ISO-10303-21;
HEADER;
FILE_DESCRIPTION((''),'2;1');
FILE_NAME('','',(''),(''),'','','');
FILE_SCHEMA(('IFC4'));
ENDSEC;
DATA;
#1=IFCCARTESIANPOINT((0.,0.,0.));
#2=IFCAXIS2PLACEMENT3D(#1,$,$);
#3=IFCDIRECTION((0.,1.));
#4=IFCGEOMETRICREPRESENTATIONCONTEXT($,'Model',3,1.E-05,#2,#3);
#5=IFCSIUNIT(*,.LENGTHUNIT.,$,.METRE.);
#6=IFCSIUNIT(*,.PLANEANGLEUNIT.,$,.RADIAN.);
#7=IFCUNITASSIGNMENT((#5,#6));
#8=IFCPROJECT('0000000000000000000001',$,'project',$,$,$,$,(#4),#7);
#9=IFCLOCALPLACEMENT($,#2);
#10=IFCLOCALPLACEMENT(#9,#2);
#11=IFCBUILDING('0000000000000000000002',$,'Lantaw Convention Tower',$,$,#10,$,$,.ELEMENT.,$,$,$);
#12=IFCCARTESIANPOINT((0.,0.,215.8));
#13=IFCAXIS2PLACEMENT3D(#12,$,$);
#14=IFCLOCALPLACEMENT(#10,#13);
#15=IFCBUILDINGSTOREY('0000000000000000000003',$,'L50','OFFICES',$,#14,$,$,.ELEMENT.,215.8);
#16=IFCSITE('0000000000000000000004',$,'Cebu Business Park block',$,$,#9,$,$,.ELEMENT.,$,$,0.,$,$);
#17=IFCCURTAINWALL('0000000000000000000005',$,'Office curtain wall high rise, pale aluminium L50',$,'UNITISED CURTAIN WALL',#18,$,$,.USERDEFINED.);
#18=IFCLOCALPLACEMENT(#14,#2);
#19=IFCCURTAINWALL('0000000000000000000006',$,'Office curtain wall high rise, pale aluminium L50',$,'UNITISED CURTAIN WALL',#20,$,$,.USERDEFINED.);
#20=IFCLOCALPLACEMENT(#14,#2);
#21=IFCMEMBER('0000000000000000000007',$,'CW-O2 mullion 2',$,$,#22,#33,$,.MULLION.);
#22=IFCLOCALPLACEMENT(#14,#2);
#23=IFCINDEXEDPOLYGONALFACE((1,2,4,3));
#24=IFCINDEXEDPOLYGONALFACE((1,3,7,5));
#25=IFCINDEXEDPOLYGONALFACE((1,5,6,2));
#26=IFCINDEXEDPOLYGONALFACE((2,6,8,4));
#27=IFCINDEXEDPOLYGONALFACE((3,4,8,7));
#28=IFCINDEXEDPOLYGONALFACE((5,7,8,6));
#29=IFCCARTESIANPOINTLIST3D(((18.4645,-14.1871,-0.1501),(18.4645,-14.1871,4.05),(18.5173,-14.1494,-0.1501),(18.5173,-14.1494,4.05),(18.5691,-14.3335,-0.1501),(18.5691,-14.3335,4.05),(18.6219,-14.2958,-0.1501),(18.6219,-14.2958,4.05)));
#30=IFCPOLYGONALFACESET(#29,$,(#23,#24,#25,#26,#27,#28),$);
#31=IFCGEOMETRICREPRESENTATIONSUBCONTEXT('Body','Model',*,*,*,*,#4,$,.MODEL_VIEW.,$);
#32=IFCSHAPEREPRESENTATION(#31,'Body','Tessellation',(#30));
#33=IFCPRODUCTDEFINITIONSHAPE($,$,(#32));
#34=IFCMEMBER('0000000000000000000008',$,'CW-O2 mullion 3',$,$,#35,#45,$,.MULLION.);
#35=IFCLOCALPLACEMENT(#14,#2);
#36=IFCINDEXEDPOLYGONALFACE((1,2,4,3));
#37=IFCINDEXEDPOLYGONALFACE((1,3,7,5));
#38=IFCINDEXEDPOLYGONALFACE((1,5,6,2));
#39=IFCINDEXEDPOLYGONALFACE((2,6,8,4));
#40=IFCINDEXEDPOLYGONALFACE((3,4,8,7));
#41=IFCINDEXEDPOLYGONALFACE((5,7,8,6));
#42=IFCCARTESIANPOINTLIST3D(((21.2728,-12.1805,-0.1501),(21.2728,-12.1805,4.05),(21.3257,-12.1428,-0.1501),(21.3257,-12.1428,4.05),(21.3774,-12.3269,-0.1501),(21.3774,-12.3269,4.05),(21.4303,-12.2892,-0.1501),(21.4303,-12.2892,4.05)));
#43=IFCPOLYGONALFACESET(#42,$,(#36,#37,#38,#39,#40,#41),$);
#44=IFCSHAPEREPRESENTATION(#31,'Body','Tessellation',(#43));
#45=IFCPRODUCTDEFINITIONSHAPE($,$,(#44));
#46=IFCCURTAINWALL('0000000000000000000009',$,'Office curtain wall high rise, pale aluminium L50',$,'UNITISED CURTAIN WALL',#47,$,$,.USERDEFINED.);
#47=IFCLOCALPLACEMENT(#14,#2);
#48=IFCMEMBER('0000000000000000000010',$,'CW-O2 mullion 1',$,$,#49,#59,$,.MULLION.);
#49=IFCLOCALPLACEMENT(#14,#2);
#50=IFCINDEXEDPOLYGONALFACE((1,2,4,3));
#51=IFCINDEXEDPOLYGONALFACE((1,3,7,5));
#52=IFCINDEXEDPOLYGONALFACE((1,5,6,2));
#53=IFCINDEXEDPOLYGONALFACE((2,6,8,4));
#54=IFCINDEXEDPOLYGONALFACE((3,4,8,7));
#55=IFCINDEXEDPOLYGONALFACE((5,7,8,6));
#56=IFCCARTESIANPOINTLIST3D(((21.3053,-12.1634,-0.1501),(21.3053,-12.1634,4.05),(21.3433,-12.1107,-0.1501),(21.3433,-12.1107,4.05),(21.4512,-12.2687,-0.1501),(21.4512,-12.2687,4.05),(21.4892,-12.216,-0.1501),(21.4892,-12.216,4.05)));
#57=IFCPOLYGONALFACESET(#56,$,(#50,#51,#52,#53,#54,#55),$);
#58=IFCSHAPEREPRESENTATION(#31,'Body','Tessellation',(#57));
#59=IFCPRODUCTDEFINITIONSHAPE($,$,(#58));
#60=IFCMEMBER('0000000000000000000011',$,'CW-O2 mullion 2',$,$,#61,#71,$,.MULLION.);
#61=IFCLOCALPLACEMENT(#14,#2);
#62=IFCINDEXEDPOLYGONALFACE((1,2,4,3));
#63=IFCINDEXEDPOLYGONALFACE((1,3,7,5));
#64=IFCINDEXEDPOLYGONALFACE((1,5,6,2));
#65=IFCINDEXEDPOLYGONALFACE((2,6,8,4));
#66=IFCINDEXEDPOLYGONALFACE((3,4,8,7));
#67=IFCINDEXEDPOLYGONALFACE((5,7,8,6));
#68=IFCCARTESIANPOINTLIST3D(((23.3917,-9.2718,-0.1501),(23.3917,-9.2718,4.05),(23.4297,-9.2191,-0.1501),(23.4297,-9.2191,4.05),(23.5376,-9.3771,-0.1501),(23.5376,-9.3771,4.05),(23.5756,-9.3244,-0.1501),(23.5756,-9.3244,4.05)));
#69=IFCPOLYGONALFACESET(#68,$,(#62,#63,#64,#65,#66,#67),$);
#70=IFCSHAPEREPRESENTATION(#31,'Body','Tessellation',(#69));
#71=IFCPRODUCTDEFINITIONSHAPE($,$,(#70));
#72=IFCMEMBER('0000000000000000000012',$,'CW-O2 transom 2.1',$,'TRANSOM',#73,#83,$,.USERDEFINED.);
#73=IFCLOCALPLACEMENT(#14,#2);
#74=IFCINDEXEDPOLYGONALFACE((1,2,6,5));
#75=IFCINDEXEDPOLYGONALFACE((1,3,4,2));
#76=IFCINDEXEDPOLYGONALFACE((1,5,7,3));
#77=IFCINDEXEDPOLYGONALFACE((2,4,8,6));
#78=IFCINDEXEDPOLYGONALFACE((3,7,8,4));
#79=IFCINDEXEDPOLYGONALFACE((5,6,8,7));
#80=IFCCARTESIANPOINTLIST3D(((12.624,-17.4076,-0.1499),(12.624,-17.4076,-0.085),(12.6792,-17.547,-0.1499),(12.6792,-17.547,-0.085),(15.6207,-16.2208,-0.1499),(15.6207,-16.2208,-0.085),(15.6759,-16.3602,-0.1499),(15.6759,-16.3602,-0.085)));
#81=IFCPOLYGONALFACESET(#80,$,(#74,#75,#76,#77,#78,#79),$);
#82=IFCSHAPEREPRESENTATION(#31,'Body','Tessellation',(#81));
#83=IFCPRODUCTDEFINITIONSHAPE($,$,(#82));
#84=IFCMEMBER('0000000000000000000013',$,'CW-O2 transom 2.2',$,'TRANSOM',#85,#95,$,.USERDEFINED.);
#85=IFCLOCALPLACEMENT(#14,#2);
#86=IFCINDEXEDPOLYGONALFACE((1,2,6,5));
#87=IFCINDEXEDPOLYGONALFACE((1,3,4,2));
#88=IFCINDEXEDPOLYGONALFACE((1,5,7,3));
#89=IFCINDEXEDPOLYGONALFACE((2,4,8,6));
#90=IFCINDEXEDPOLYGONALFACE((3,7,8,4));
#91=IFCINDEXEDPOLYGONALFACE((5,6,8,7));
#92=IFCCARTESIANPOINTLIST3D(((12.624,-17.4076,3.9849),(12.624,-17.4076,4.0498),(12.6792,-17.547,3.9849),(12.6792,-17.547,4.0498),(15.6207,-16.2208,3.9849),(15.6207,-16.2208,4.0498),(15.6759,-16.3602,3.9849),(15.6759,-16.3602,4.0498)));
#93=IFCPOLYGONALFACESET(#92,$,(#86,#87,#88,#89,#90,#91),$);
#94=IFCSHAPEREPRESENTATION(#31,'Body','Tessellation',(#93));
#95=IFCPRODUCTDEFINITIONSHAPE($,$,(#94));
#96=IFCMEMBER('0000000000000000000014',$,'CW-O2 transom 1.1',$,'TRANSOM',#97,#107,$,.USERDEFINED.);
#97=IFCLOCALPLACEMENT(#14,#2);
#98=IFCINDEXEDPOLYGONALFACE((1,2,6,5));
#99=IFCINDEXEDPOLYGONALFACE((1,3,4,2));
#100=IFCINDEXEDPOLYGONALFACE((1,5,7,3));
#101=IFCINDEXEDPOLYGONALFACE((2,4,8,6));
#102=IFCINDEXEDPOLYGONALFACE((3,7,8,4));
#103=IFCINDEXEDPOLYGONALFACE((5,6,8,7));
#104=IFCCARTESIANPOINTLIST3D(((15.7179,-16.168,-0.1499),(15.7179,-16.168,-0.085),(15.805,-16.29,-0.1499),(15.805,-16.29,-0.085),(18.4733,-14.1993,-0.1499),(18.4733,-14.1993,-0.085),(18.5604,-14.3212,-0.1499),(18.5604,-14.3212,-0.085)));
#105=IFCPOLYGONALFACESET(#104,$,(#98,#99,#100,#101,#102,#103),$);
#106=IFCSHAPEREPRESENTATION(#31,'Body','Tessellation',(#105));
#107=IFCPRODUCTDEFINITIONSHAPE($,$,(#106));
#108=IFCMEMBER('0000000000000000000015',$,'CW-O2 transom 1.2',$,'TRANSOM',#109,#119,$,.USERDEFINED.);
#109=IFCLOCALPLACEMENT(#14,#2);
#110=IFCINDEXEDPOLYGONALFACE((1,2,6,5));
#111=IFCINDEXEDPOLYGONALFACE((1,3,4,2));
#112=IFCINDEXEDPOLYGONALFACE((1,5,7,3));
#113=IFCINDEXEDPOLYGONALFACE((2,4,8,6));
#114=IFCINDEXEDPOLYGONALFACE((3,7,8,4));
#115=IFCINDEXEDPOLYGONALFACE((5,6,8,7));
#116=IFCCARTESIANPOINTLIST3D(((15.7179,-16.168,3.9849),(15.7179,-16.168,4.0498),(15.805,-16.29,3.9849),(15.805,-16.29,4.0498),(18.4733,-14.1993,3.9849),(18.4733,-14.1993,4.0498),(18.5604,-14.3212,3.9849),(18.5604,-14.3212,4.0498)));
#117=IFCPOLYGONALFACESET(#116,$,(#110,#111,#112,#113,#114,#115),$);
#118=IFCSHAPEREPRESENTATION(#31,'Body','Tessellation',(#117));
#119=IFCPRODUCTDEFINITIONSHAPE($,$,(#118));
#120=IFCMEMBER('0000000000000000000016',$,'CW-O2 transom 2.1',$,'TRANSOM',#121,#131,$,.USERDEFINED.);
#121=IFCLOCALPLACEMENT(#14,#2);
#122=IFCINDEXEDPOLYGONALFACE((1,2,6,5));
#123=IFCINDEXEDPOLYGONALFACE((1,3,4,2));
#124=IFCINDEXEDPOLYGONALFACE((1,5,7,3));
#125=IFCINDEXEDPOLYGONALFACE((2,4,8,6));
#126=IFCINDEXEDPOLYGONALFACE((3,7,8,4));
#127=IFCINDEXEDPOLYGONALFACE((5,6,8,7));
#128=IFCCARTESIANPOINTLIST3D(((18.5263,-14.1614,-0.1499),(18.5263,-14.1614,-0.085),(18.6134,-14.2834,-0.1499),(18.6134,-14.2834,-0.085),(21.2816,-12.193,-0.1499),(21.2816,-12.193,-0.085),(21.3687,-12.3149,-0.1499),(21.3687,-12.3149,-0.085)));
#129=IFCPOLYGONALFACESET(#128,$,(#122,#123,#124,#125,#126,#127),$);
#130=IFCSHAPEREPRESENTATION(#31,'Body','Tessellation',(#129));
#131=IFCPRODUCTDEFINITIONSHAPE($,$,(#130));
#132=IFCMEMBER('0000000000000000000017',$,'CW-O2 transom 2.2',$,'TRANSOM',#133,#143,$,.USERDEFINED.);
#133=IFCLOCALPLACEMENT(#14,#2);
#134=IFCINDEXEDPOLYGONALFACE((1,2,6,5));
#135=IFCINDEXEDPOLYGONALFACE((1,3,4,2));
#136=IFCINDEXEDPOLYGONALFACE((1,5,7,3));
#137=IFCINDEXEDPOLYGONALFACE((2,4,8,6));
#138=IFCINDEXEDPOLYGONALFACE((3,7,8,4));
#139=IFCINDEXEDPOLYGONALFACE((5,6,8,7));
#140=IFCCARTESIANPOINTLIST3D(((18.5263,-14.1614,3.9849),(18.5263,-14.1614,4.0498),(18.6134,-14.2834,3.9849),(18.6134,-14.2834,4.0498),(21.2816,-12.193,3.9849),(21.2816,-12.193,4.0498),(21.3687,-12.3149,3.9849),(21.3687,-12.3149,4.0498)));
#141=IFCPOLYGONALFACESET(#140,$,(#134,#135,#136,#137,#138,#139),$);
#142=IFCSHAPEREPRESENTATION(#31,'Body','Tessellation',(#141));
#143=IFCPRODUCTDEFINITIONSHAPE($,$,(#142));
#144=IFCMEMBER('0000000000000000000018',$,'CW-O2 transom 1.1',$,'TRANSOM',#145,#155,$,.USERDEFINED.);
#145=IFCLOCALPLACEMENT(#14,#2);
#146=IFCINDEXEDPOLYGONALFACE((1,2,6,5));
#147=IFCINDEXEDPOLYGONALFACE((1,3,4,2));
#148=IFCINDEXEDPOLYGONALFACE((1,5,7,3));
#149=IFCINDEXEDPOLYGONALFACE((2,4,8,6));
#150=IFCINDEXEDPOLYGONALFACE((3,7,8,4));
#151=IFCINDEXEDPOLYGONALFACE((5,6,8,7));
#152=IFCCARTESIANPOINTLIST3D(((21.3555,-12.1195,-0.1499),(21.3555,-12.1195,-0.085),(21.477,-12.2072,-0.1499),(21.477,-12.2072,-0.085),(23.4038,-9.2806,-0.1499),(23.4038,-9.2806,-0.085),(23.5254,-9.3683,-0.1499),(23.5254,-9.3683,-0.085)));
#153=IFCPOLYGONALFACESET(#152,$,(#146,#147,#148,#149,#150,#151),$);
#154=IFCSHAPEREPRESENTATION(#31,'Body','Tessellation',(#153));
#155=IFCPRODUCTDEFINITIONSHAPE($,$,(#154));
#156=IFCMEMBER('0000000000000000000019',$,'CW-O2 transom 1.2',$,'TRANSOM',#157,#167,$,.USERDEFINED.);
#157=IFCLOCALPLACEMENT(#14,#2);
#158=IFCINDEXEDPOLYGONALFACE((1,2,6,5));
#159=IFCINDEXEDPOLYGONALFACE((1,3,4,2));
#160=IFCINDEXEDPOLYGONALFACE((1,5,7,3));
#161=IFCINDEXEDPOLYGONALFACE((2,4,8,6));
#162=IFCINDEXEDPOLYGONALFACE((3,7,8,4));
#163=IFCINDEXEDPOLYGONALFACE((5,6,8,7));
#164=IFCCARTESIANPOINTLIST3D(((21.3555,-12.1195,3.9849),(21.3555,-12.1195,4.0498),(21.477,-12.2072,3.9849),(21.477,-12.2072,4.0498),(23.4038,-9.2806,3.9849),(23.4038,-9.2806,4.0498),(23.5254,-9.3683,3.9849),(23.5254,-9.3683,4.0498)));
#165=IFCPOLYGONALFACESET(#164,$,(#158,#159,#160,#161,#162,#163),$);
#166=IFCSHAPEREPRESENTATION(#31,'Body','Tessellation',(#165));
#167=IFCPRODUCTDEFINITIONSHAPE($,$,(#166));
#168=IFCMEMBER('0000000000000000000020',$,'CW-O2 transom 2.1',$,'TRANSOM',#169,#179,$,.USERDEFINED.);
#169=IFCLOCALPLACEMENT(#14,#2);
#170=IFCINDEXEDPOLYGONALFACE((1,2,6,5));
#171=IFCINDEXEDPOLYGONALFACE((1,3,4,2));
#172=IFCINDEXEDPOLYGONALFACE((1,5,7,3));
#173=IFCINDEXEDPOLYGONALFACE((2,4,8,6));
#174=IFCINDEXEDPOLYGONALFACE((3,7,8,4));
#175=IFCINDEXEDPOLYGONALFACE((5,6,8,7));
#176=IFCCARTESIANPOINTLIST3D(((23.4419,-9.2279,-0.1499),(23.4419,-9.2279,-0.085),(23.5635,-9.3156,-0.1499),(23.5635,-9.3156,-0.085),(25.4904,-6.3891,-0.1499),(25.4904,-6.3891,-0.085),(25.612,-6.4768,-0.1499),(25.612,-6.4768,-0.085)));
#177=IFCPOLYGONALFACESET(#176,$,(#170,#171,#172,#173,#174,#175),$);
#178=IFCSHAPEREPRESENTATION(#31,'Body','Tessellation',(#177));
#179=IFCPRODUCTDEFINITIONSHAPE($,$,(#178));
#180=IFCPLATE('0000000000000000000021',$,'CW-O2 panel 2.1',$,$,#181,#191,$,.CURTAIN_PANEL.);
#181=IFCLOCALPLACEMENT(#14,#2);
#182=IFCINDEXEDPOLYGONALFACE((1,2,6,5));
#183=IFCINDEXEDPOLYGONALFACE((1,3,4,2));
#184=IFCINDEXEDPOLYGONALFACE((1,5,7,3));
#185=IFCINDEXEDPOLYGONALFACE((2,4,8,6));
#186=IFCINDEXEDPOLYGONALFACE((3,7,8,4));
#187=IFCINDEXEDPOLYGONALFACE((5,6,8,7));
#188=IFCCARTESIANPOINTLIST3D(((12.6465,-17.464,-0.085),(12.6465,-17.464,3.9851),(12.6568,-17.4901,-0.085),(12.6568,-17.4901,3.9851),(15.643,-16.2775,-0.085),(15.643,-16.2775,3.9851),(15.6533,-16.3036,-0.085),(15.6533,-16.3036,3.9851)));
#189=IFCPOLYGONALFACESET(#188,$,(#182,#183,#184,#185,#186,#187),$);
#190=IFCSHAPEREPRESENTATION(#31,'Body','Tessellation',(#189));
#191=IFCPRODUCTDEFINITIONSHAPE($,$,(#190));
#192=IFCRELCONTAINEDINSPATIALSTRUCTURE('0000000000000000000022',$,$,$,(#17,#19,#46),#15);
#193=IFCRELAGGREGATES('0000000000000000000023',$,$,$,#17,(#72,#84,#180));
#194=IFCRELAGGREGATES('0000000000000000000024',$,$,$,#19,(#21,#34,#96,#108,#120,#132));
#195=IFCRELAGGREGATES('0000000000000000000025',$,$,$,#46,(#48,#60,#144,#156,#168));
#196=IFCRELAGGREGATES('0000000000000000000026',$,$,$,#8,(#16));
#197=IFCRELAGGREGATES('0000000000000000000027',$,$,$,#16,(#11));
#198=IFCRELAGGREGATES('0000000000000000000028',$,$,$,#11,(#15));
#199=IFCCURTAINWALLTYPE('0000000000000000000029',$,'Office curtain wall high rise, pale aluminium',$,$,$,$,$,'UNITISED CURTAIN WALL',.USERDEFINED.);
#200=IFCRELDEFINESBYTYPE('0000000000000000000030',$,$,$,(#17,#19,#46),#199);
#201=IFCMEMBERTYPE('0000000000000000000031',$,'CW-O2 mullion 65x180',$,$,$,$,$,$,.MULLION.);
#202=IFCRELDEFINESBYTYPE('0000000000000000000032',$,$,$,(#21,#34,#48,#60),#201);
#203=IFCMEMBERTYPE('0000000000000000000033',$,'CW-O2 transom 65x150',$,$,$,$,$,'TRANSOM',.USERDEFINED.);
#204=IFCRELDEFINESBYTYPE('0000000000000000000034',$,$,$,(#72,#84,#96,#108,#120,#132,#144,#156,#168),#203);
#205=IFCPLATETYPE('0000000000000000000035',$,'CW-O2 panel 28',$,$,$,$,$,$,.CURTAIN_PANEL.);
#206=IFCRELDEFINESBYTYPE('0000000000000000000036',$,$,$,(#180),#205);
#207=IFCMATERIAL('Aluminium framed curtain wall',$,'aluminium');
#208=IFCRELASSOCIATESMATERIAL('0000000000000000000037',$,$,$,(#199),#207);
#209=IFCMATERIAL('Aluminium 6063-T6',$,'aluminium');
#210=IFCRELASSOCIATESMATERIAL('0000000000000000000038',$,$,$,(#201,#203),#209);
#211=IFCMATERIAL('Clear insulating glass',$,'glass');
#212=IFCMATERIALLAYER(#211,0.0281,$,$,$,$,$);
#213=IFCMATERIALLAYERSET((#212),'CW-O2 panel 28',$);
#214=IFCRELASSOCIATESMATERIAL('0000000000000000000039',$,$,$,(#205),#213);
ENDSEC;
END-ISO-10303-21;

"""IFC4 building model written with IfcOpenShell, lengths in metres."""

from ifc_helpers import new_model, si_unit, direction, frame, origin, origin_2d, place, context, subcontext, project, spatial, rectangle, extrude, material, layer, layer_set, material_profile, profile_set, type_object, element, aggregate, save


model = new_model("IFC4")

# Units and contexts
model_context = context("Model", 3, precision=1e-05, world=origin(), true_north=direction((0.0, 1.0)))
body_context = subcontext(model_context, "Body", "Model", "MODEL_VIEW")
ifc_project = project(units=[si_unit("LENGTHUNIT", "METRE"), si_unit("PLANEANGLEUNIT", "RADIAN")], contexts=[model_context])

# Site, building, storey
site_placement = place(None, origin())
site = spatial("IfcSite", under=ifc_project, at=site_placement, Name="Cebu Business Park block", CompositionType="ELEMENT", RefElevation=0.0)
building_placement = place(site_placement, origin())
building = spatial("IfcBuilding", under=site, at=building_placement, Name="Lantaw Convention Tower", CompositionType="ELEMENT")
storey_placement = place(building_placement, frame((0.0, 0.0, 215.8)))
storey = spatial("IfcBuildingStorey", under=building, at=storey_placement, Name="L50", Description="OFFICES", CompositionType="ELEMENT", Elevation=215.8)

# Curtain walls, members
ifc_material_1 = material(Name="Aluminium framed curtain wall", Category="aluminium")
curtain_wall_type = type_object("IfcCurtainWallType", Name="Office curtain wall high rise, pale aluminium", ElementType="UNITISED CURTAIN WALL", PredefinedType="USERDEFINED", material=ifc_material_1)
curtain_wall_1_placement = place(storey_placement, origin())
curtain_wall_1 = element("IfcCurtainWall", 1, at=curtain_wall_1_placement, inside=storey, type_object=curtain_wall_type, Name="Office curtain wall high rise, pale aluminium L50", ObjectType="UNITISED CURTAIN WALL", PredefinedType="USERDEFINED")
ifc_material_2 = material(Name="Aluminium 6063-T6", Category="aluminium")
ifc_material_profile_1 = material_profile(ifc_material_2, rectangle(XDim=0.1799, YDim=0.0649, at=origin_2d()), Name="CW-O2 mullion 65x180")
ifc_profile_set_1 = profile_set([ifc_material_profile_1], Name="Aluminium 6063-T6")
member_type_1 = type_object("IfcMemberType", Name="CW-O2 mullion 65x180", PredefinedType="MULLION", material=ifc_profile_set_1)
curtain_wall_2_placement = place(storey_placement, origin())
curtain_wall_2 = element("IfcCurtainWall", 2, at=curtain_wall_2_placement, inside=storey, type_object=curtain_wall_type, Name="Office curtain wall high rise, pale aluminium L50", ObjectType="UNITISED CURTAIN WALL", PredefinedType="USERDEFINED")
member_1_placement = place(storey_placement, frame((18.5432, -14.2415, -0.1501), z_axis=(0.0, 0.0, 1.0), x_axis=(-0.581323, 0.813673, 0.0)))
member_1 = element("IfcMember", 3, at=member_1_placement, type_object=member_type_1, Name="CW-O2 mullion 2", PredefinedType="MULLION", context=body_context, shape_type="SweptSolid", body=[
    extrude(rectangle(XDim=0.1799, YDim=0.0649, at=origin_2d()), origin(), (0.0, 0.0, 1.0), 4.2002),
])
member_2_placement = place(storey_placement, frame((21.3516, -12.2349, -0.1501), z_axis=(0.0, 0.0, 1.0), x_axis=(-0.581323, 0.813673, 0.0)))
member_2 = element("IfcMember", 4, at=member_2_placement, type_object=member_type_1, Name="CW-O2 mullion 3", PredefinedType="MULLION", context=body_context, shape_type="SweptSolid", body=[
    extrude(rectangle(XDim=0.1799, YDim=0.0649, at=origin_2d()), origin(), (0.0, 0.0, 1.0), 4.2002),
])
curtain_wall_3_placement = place(storey_placement, origin())
curtain_wall_3 = element("IfcCurtainWall", 5, at=curtain_wall_3_placement, inside=storey, type_object=curtain_wall_type, Name="Office curtain wall high rise, pale aluminium L50", ObjectType="UNITISED CURTAIN WALL", PredefinedType="USERDEFINED")
member_3_placement = place(storey_placement, frame((21.3972, -12.1897, -0.1501), z_axis=(0.0, 0.0, 1.0), x_axis=(-0.81092, 0.585158, 0.0)))
member_3 = element("IfcMember", 6, at=member_3_placement, type_object=member_type_1, Name="CW-O2 mullion 1", PredefinedType="MULLION", context=body_context, shape_type="SweptSolid", body=[
    extrude(rectangle(XDim=0.1799, YDim=0.0649, at=origin_2d()), origin(), (0.0, 0.0, 1.0), 4.2002),
])
member_4_placement = place(storey_placement, frame((23.4836, -9.2981, -0.1501), z_axis=(0.0, 0.0, 1.0), x_axis=(-0.81092, 0.585158, 0.0)))
member_4 = element("IfcMember", 7, at=member_4_placement, type_object=member_type_1, Name="CW-O2 mullion 2", PredefinedType="MULLION", context=body_context, shape_type="SweptSolid", body=[
    extrude(rectangle(XDim=0.1799, YDim=0.0649, at=origin_2d()), origin(), (0.0, 0.0, 1.0), 4.2002),
])

# Members
ifc_material_profile_2 = material_profile(ifc_material_2, rectangle(XDim=0.1499, YDim=0.0649, at=origin_2d()), Name="CW-O2 transom 65x150")
ifc_profile_set_2 = profile_set([ifc_material_profile_2], Name="Aluminium 6063-T6")
member_type_2 = type_object("IfcMemberType", Name="CW-O2 transom 65x150", ElementType="TRANSOM", PredefinedType="USERDEFINED", material=ifc_profile_set_2)
member_5_placement = place(storey_placement, frame((12.6516, -17.4773, -0.1174), z_axis=(0.929741, 0.368215, 0.0), x_axis=(-0.368215, 0.929741, 0.0)))
member_5 = element("IfcMember", 8, at=member_5_placement, type_object=member_type_2, Name="CW-O2 transom 2.1", ObjectType="TRANSOM", PredefinedType="USERDEFINED", context=body_context, shape_type="SweptSolid", body=[
    extrude(rectangle(XDim=0.1499, YDim=0.0649, at=origin_2d()), origin(), (0.0, 0.0, 1.0), 3.2231),
])
member_6_placement = place(storey_placement, frame((12.6516, -17.4773, 4.0173), z_axis=(0.929741, 0.368215, 0.0), x_axis=(-0.368215, 0.929741, 0.0)))
member_6 = element("IfcMember", 9, at=member_6_placement, type_object=member_type_2, Name="CW-O2 transom 2.2", ObjectType="TRANSOM", PredefinedType="USERDEFINED", context=body_context, shape_type="SweptSolid", body=[
    extrude(rectangle(XDim=0.1499, YDim=0.0649, at=origin_2d()), origin(), (0.0, 0.0, 1.0), 3.2231),
])
member_7_placement = place(storey_placement, frame((15.7615, -16.229, -0.1174), z_axis=(0.813646, 0.581361, 0.0), x_axis=(-0.581361, 0.813646, 0.0)))
member_7 = element("IfcMember", 10, at=member_7_placement, type_object=member_type_2, Name="CW-O2 transom 1.1", ObjectType="TRANSOM", PredefinedType="USERDEFINED", context=body_context, shape_type="SweptSolid", body=[
    extrude(rectangle(XDim=0.1499, YDim=0.0649, at=origin_2d()), origin(), (0.0, 0.0, 1.0), 3.3865),
])
member_8_placement = place(storey_placement, frame((15.7615, -16.229, 4.0173), z_axis=(0.813646, 0.581361, 0.0), x_axis=(-0.581361, 0.813646, 0.0)))
member_8 = element("IfcMember", 11, at=member_8_placement, type_object=member_type_2, Name="CW-O2 transom 1.2", ObjectType="TRANSOM", PredefinedType="USERDEFINED", context=body_context, shape_type="SweptSolid", body=[
    extrude(rectangle(XDim=0.1499, YDim=0.0649, at=origin_2d()), origin(), (0.0, 0.0, 1.0), 3.3865),
])
member_9_placement = place(storey_placement, frame((18.5698, -14.2224, -0.1174), z_axis=(0.81368, 0.581313, 0.0), x_axis=(-0.581313, 0.81368, 0.0)))
member_9 = element("IfcMember", 12, at=member_9_placement, type_object=member_type_2, Name="CW-O2 transom 2.1", ObjectType="TRANSOM", PredefinedType="USERDEFINED", context=body_context, shape_type="SweptSolid", body=[
    extrude(rectangle(XDim=0.1499, YDim=0.0649, at=origin_2d()), origin(), (0.0, 0.0, 1.0), 3.3862),
])
member_10_placement = place(storey_placement, frame((18.5698, -14.2224, 4.0173), z_axis=(0.81368, 0.581313, 0.0), x_axis=(-0.581313, 0.81368, 0.0)))
member_10 = element("IfcMember", 13, at=member_10_placement, type_object=member_type_2, Name="CW-O2 transom 2.2", ObjectType="TRANSOM", PredefinedType="USERDEFINED", context=body_context, shape_type="SweptSolid", body=[
    extrude(rectangle(XDim=0.1499, YDim=0.0649, at=origin_2d()), origin(), (0.0, 0.0, 1.0), 3.3862),
])
member_11_placement = place(storey_placement, frame((21.4163, -12.1633, -0.1174), z_axis=(0.585124, 0.810944, 0.0), x_axis=(-0.810944, 0.585124, 0.0)))
member_11 = element("IfcMember", 14, at=member_11_placement, type_object=member_type_2, Name="CW-O2 transom 1.1", ObjectType="TRANSOM", PredefinedType="USERDEFINED", context=body_context, shape_type="SweptSolid", body=[
    extrude(rectangle(XDim=0.1499, YDim=0.0649, at=origin_2d()), origin(), (0.0, 0.0, 1.0), 3.5007),
])
member_12_placement = place(storey_placement, frame((21.4163, -12.1633, 4.0173), z_axis=(0.585124, 0.810944, 0.0), x_axis=(-0.810944, 0.585124, 0.0)))
member_12 = element("IfcMember", 15, at=member_12_placement, type_object=member_type_2, Name="CW-O2 transom 1.2", ObjectType="TRANSOM", PredefinedType="USERDEFINED", context=body_context, shape_type="SweptSolid", body=[
    extrude(rectangle(XDim=0.1499, YDim=0.0649, at=origin_2d()), origin(), (0.0, 0.0, 1.0), 3.5007),
])
member_13_placement = place(storey_placement, frame((23.5027, -9.2717, -0.1174), z_axis=(0.58517, 0.810911, 0.0), x_axis=(-0.810911, 0.58517, 0.0)))
member_13 = element("IfcMember", 16, at=member_13_placement, type_object=member_type_2, Name="CW-O2 transom 2.1", ObjectType="TRANSOM", PredefinedType="USERDEFINED", context=body_context, shape_type="SweptSolid", body=[
    extrude(rectangle(XDim=0.1499, YDim=0.0649, at=origin_2d()), origin(), (0.0, 0.0, 1.0), 3.5007),
])

# Plate
ifc_material_3 = material(Name="Clear insulating glass", Category="glass")
ifc_layer_1 = layer(ifc_material_3, 0.0281)
ifc_layer_set_1 = layer_set([ifc_layer_1], Name="CW-O2 panel 28")
plate_type_1 = type_object("IfcPlateType", Name="CW-O2 panel 28", PredefinedType="CURTAIN_PANEL", material=ifc_layer_set_1)
plate_1_placement = place(storey_placement, frame((14.1499, -16.8838, -0.085), z_axis=(0.0, 0.0, 1.0), x_axis=(0.929762, 0.368162, 0.0)))
plate_1 = element("IfcPlate", 17, at=plate_1_placement, type_object=plate_type_1, Name="CW-O2 panel 2.1", PredefinedType="CURTAIN_PANEL", context=body_context, shape_type="SweptSolid", body=[
    extrude(rectangle(XDim=3.2229, YDim=0.0281, at=origin_2d()), origin(), (0.0, 0.0, 1.0), 4.0701),
])
aggregate(curtain_wall_1, [member_5, member_6, plate_1])
aggregate(curtain_wall_2, [member_1, member_2, member_7, member_8, member_9, member_10])
aggregate(curtain_wall_3, [member_3, member_4, member_11, member_12, member_13])

save(model, "model.ifc")
